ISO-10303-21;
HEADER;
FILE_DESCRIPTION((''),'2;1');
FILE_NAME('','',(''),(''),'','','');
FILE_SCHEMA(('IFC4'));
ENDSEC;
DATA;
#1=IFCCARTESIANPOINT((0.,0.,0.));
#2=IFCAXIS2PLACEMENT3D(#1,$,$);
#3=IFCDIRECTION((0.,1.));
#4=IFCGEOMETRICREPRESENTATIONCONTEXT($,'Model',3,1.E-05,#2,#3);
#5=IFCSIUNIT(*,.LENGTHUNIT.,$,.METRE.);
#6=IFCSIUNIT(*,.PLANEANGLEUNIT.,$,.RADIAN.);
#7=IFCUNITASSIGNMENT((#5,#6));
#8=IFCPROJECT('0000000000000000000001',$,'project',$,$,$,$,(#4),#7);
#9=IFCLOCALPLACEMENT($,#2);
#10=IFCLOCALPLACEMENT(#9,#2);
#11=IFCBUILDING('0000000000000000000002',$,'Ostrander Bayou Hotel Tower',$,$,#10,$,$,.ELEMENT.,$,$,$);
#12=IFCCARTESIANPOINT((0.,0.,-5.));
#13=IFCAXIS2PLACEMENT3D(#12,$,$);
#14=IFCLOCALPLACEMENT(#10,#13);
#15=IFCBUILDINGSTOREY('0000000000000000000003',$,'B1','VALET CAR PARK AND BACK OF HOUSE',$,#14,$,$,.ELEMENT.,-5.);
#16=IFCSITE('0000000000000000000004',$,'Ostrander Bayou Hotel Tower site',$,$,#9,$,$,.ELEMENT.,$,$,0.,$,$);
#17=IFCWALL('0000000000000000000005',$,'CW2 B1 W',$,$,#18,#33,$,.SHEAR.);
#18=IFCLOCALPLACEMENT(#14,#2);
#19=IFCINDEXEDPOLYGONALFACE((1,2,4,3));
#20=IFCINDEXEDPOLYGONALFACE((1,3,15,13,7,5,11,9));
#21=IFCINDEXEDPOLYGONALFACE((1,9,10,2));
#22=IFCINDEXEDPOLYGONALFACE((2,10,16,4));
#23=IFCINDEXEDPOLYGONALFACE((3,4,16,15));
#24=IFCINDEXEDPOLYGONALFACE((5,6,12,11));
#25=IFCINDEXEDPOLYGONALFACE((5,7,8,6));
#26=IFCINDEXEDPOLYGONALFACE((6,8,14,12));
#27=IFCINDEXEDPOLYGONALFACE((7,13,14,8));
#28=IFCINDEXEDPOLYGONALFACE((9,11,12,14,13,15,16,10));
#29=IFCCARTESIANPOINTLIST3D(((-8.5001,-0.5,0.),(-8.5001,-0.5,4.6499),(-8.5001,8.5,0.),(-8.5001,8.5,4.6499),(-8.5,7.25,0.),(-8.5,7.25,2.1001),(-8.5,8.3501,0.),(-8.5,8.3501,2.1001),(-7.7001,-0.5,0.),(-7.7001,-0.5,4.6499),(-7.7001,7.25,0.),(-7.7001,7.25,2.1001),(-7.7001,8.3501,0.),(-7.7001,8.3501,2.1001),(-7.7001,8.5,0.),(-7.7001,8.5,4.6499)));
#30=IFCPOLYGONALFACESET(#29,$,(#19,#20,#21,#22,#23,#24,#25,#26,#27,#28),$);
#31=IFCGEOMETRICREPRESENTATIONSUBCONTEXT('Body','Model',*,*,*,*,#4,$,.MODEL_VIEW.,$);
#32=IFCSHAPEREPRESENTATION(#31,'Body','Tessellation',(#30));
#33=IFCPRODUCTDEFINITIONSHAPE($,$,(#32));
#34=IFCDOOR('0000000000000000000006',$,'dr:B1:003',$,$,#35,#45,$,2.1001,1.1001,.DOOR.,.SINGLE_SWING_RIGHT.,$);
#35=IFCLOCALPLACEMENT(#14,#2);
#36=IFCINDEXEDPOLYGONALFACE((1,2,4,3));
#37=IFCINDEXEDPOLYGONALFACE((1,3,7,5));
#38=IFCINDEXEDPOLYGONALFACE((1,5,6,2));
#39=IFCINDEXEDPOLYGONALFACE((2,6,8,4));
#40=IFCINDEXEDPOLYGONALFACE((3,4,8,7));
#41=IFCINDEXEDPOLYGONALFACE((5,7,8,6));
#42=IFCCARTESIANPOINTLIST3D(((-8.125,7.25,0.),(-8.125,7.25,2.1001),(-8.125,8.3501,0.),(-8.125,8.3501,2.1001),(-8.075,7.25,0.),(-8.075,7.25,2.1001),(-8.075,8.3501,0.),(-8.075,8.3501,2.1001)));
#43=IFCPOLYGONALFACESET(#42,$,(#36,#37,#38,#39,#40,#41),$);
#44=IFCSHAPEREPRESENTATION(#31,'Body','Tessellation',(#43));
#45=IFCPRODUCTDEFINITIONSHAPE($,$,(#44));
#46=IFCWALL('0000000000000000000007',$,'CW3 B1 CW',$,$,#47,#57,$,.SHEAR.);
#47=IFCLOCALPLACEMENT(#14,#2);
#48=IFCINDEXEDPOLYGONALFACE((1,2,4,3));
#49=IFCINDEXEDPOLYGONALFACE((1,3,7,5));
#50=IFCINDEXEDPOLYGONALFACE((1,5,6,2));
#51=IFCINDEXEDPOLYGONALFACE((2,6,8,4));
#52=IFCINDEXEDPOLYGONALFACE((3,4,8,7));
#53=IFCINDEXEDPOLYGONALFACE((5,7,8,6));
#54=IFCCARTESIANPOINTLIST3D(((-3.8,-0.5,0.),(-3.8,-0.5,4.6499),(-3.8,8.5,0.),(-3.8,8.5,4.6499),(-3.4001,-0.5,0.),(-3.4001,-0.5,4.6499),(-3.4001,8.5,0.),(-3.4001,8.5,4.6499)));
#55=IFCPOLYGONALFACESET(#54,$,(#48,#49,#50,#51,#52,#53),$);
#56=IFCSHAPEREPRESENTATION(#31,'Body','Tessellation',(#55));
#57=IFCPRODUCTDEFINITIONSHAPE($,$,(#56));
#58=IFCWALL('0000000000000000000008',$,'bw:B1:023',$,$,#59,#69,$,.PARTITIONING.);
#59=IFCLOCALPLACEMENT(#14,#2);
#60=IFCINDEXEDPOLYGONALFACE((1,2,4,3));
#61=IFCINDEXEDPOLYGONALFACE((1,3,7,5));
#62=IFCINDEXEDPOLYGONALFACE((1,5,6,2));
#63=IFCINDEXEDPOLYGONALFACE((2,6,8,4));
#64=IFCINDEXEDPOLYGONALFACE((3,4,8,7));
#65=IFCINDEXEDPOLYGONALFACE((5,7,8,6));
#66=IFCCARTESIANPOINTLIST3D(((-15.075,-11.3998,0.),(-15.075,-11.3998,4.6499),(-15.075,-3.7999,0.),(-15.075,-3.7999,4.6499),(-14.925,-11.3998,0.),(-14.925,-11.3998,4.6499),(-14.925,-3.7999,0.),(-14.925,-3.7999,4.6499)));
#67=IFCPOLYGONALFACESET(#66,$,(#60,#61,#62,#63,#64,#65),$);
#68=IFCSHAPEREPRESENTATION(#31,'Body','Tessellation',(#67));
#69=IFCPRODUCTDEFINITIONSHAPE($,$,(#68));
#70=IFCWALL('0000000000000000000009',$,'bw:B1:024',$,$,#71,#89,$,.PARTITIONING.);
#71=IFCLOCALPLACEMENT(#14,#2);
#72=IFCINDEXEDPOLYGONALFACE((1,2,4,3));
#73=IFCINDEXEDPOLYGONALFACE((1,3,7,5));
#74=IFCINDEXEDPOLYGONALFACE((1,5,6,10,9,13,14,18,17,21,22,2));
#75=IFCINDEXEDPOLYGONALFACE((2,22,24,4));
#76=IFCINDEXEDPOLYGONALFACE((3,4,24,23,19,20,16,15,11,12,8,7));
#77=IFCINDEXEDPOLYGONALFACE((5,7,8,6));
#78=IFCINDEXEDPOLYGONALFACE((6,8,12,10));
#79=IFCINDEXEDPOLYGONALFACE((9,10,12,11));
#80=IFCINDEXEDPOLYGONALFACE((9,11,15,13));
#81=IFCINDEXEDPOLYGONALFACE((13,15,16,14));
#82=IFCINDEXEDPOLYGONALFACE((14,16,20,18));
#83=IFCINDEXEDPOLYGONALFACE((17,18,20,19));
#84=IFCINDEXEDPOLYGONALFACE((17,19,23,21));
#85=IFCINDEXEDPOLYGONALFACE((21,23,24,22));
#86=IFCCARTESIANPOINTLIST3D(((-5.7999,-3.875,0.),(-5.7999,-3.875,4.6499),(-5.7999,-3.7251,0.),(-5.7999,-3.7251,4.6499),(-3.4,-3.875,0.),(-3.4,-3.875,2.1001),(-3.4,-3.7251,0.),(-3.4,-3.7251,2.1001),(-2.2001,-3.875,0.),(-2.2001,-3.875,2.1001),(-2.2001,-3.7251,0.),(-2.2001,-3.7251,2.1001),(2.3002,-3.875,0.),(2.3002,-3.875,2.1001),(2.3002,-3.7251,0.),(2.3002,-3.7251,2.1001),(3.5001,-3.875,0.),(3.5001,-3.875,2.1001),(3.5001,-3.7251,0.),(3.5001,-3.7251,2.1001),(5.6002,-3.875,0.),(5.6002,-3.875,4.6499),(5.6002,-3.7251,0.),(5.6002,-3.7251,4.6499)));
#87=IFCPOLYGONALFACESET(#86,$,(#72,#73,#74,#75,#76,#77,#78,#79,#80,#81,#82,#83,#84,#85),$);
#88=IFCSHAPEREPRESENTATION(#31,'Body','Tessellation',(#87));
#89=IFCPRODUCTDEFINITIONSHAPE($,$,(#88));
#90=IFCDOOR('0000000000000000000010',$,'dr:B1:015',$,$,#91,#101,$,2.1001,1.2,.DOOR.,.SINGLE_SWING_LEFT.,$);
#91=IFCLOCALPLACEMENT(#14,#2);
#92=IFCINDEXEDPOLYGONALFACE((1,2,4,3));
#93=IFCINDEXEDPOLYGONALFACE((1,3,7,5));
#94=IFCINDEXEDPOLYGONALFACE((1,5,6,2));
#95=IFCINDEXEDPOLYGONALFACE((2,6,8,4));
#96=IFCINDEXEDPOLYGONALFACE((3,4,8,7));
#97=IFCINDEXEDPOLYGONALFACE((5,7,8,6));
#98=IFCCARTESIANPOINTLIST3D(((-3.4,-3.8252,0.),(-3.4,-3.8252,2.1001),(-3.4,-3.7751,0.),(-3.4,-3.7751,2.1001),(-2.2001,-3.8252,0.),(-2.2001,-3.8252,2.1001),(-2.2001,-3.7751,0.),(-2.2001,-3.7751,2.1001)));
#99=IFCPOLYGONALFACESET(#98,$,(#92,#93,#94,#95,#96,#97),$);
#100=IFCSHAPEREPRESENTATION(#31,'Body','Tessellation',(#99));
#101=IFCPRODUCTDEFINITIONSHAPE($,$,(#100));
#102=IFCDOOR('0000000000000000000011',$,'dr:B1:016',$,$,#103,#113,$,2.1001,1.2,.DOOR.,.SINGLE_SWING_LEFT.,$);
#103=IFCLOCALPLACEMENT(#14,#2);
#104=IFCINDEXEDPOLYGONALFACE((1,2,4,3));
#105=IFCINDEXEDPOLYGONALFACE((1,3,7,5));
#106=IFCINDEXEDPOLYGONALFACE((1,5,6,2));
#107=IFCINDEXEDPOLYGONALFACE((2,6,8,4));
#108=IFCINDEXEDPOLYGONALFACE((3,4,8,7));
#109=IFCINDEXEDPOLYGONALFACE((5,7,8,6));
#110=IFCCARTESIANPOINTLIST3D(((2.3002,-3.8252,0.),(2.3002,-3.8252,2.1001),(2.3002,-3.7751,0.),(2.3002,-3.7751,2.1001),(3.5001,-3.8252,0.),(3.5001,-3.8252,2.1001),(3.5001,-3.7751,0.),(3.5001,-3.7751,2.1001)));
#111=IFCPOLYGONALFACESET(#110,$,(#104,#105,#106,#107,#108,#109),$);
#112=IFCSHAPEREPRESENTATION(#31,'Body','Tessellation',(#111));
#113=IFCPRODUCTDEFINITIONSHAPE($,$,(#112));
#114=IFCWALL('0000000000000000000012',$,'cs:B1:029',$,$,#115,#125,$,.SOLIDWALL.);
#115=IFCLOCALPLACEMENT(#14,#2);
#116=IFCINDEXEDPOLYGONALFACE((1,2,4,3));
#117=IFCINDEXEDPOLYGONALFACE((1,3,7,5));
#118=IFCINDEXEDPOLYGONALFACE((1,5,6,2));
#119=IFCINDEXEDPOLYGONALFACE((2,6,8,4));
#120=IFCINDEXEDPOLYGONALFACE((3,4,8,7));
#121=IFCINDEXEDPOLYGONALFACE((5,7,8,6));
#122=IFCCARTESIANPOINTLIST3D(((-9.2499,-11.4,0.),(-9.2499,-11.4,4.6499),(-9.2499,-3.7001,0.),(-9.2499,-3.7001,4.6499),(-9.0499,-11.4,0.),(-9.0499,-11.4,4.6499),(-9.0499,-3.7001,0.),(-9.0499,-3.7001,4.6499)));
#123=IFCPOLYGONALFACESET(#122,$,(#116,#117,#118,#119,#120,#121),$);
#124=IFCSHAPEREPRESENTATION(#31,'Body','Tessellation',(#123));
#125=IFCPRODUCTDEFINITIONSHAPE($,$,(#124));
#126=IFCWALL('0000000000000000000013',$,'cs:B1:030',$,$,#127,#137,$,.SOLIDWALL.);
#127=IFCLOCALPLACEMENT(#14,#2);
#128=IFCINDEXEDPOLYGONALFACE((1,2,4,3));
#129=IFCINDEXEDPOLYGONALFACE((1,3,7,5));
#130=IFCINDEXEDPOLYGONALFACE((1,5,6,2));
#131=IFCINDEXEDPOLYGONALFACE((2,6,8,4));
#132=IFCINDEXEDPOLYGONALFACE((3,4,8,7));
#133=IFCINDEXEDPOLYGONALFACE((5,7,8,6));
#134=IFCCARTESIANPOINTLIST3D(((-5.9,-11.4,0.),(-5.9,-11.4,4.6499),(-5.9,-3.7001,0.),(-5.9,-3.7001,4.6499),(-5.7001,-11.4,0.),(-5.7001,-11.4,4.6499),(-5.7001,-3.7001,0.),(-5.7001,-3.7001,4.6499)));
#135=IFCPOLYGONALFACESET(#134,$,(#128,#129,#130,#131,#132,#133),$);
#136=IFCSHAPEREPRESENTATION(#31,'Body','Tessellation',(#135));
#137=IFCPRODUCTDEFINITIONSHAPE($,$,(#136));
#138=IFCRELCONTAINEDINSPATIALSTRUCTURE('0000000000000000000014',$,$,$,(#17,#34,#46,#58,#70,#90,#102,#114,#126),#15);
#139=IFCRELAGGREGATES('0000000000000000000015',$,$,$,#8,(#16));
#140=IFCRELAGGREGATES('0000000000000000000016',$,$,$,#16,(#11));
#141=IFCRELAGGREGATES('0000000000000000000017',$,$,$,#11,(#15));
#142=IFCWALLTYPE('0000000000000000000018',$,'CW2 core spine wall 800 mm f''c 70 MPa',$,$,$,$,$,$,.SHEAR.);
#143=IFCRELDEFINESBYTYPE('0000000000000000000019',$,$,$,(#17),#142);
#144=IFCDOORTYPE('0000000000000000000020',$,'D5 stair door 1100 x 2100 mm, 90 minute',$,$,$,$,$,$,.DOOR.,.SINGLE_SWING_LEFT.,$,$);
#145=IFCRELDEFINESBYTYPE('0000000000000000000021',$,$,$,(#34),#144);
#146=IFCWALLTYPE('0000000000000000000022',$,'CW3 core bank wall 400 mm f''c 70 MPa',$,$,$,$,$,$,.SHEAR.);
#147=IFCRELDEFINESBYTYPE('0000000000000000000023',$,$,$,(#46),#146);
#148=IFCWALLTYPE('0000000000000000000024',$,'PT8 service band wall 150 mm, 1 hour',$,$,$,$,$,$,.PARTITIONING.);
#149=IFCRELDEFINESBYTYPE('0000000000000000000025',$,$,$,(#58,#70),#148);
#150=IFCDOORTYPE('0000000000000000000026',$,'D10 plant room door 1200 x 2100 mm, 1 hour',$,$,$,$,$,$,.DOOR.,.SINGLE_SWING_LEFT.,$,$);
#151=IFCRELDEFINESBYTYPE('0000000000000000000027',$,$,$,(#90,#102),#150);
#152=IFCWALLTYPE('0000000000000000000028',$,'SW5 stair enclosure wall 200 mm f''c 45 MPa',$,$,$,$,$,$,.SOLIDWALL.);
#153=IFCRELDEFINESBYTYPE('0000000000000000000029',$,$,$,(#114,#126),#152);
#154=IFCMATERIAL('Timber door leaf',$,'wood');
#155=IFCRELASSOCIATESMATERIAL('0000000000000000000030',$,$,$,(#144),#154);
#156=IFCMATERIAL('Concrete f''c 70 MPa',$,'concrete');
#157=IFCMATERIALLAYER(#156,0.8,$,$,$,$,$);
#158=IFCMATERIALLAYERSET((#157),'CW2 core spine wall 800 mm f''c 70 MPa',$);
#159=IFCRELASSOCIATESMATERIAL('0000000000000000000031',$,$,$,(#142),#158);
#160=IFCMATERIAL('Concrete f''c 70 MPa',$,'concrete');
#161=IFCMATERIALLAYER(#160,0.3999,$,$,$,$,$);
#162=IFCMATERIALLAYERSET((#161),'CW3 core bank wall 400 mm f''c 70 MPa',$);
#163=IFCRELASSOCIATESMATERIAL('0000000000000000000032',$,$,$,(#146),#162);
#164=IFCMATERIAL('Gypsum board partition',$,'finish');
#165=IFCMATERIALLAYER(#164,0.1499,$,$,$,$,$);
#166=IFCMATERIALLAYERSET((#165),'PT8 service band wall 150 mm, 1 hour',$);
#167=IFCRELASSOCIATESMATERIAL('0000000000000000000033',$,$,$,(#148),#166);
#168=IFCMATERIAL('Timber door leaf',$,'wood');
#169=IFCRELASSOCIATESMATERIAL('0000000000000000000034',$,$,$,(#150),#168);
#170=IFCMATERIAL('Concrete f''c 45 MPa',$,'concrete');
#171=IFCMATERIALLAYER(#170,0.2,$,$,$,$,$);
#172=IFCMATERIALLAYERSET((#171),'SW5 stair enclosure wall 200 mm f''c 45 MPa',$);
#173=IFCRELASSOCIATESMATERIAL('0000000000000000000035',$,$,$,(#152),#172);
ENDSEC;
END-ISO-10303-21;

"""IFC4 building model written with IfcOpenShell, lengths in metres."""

from ifc_helpers import new_model, si_unit, direction, frame, frame_2d, origin, place, context, subcontext, project, spatial, rectangle, extrude, material, layer, layer_set, type_object, element, fill, save


model = new_model("IFC4")

# Units and contexts
model_context = context("Model", 3, precision=1e-05, world=origin(), true_north=direction((0.0, 1.0)))
body_context = subcontext(model_context, "Body", "Model", "MODEL_VIEW")
ifc_project = project(units=[si_unit("LENGTHUNIT", "METRE"), si_unit("PLANEANGLEUNIT", "RADIAN")], contexts=[model_context])

# Site, building, storey
site_placement = place(None, origin())
site = spatial("IfcSite", under=ifc_project, at=site_placement, Name="Ostrander Bayou Hotel Tower site", CompositionType="ELEMENT", RefElevation=0.0)
building_placement = place(site_placement, origin())
building = spatial("IfcBuilding", under=site, at=building_placement, Name="Ostrander Bayou Hotel Tower", CompositionType="ELEMENT")
storey_placement = place(building_placement, frame((0.0, 0.0, -5.0)))
storey = spatial("IfcBuildingStorey", under=building, at=storey_placement, Name="B1", Description="VALET CAR PARK AND BACK OF HOUSE", CompositionType="ELEMENT", Elevation=-5.0)

# Wall, opening, door
ifc_material_1 = material(Name="Timber door leaf", Category="wood")
door_type_1 = type_object("IfcDoorType", Name="D5 stair door 1100 x 2100 mm, 90 minute", OperationType="SINGLE_SWING_LEFT", PredefinedType="DOOR", material=ifc_material_1)
ifc_material_2 = material(Name="Concrete f'c 70 MPa", Category="concrete")
ifc_layer_1 = layer(ifc_material_2, 0.8)
ifc_layer_set_1 = layer_set([ifc_layer_1], Name="CW2 core spine wall 800 mm f'c 70 MPa")
wall_type_1 = type_object("IfcWallType", Name="CW2 core spine wall 800 mm f'c 70 MPa", PredefinedType="SHEAR", material=ifc_layer_set_1)
wall_1_placement = place(storey_placement, frame((-8.1001, -0.5, 0.0), z_axis=(0.0, 0.0, 1.0), x_axis=(0.0, 1.0, 0.0)))
wall_1 = element("IfcWall", 1, at=wall_1_placement, inside=storey, type_object=wall_type_1, Name="CW2 B1 W", PredefinedType="SHEAR", context=body_context, shape_type="SweptSolid", body=[
    extrude(rectangle(XDim=9.0, YDim=0.8, at=frame_2d((4.5, 0.0))), origin(), (0.0, 0.0, 1.0), 4.6499),
])
opening_1_placement = place(wall_1_placement, frame((7.75, 0.0, 0.0)))
opening_1 = element("IfcOpeningElement", 2, at=opening_1_placement, cuts=wall_1, PredefinedType="OPENING", context=body_context, shape_type="SweptSolid", body=[
    extrude(rectangle(XDim=1.1001, YDim=2.1001, at=frame_2d((0.55, 1.05))), frame((0.0, 0.3999, 0.0), z_axis=(0.0, -1.0, 0.0), x_axis=(1.0, 0.0, 0.0)), (0.0, 0.0, 1.0), 0.8),
])
door_1_placement = place(opening_1_placement, origin())
door_1 = element("IfcDoor", 3, at=door_1_placement, inside=storey, type_object=door_type_1, Name="dr:B1:003", OperationType="SINGLE_SWING_RIGHT", OverallHeight=2.1001, OverallWidth=1.1001, PredefinedType="DOOR", context=body_context, shape_type="SweptSolid", body=[
    extrude(rectangle(XDim=1.1001, YDim=2.1001, at=frame_2d((0.55, 1.05))), frame((0.0, 0.0249, 0.0), z_axis=(0.0, -1.0, 0.0), x_axis=(1.0, 0.0, 0.0)), (0.0, 0.0, 1.0), 0.05),
])
fill(opening_1, door_1)

# Walls
ifc_material_3 = material(Name="Concrete f'c 70 MPa", Category="concrete")
ifc_layer_2 = layer(ifc_material_3, 0.3999)
ifc_layer_set_2 = layer_set([ifc_layer_2], Name="CW3 core bank wall 400 mm f'c 70 MPa")
wall_type_2 = type_object("IfcWallType", Name="CW3 core bank wall 400 mm f'c 70 MPa", PredefinedType="SHEAR", material=ifc_layer_set_2)
wall_2_placement = place(storey_placement, frame((-3.6001, -0.5, 0.0), z_axis=(0.0, 0.0, 1.0), x_axis=(0.0, 1.0, 0.0)))
element("IfcWall", 4, at=wall_2_placement, inside=storey, type_object=wall_type_2, Name="CW3 B1 CW", PredefinedType="SHEAR", context=body_context, shape_type="SweptSolid", body=[
    extrude(rectangle(XDim=9.0, YDim=0.3999, at=frame_2d((4.5, 0.0))), origin(), (0.0, 0.0, 1.0), 4.6499),
])
ifc_material_4 = material(Name="Gypsum board partition", Category="finish")
ifc_layer_3 = layer(ifc_material_4, 0.1499)
ifc_layer_set_3 = layer_set([ifc_layer_3], Name="PT8 service band wall 150 mm, 1 hour")
wall_type_3 = type_object("IfcWallType", Name="PT8 service band wall 150 mm, 1 hour", PredefinedType="PARTITIONING", material=ifc_layer_set_3)
wall_3_placement = place(storey_placement, frame((-15.0, -3.8, 0.0), z_axis=(0.0, 0.0, 1.0), x_axis=(0.0, -1.0, 0.0)))
element("IfcWall", 5, at=wall_3_placement, inside=storey, type_object=wall_type_3, Name="bw:B1:023", PredefinedType="PARTITIONING", context=body_context, shape_type="SweptSolid", body=[
    extrude(rectangle(XDim=7.5999, YDim=0.1499, at=frame_2d((3.7998, 0.0))), origin(), (0.0, 0.0, 1.0), 4.6499),
])

# Wall, openings, doors
wall_4_placement = place(storey_placement, frame((-5.8, -3.8, 0.0), z_axis=(0.0, 0.0, 1.0), x_axis=(1.0, 0.0, 0.0)))
wall_4 = element("IfcWall", 6, at=wall_4_placement, inside=storey, type_object=wall_type_3, Name="bw:B1:024", PredefinedType="PARTITIONING", context=body_context, shape_type="SweptSolid", body=[
    extrude(rectangle(XDim=11.4001, YDim=0.1499, at=frame_2d((5.7002, 0.0))), origin(), (0.0, 0.0, 1.0), 4.6499),
])
opening_2_placement = place(wall_4_placement, frame((2.3999, 0.0, 0.0)))
opening_2 = element("IfcOpeningElement", 7, at=opening_2_placement, cuts=wall_4, PredefinedType="OPENING", context=body_context, shape_type="SweptSolid", body=[
    extrude(rectangle(XDim=1.2, YDim=2.1001, at=frame_2d((0.6001, 1.05))), frame((0.0, 0.075, 0.0), z_axis=(0.0, -1.0, 0.0), x_axis=(1.0, 0.0, 0.0)), (0.0, 0.0, 1.0), 0.1499),
])
opening_3_placement = place(wall_4_placement, frame((8.1001, 0.0, 0.0)))
opening_3 = element("IfcOpeningElement", 8, at=opening_3_placement, cuts=wall_4, PredefinedType="OPENING", context=body_context, shape_type="SweptSolid", body=[
    extrude(rectangle(XDim=1.2, YDim=2.1001, at=frame_2d((0.6001, 1.05))), frame((0.0, 0.075, 0.0), z_axis=(0.0, -1.0, 0.0), x_axis=(1.0, 0.0, 0.0)), (0.0, 0.0, 1.0), 0.1499),
])
ifc_material_5 = material(Name="Timber door leaf", Category="wood")
door_type_2 = type_object("IfcDoorType", Name="D10 plant room door 1200 x 2100 mm, 1 hour", OperationType="SINGLE_SWING_LEFT", PredefinedType="DOOR", material=ifc_material_5)
door_2_placement = place(opening_2_placement, origin())
door_2 = element("IfcDoor", 9, at=door_2_placement, inside=storey, type_object=door_type_2, Name="dr:B1:015", OperationType="SINGLE_SWING_LEFT", OverallHeight=2.1001, OverallWidth=1.2, PredefinedType="DOOR", context=body_context, shape_type="SweptSolid", body=[
    extrude(rectangle(XDim=1.2, YDim=2.1001, at=frame_2d((0.6001, 1.05))), frame((0.0, 0.0249, 0.0), z_axis=(0.0, -1.0, 0.0), x_axis=(1.0, 0.0, 0.0)), (0.0, 0.0, 1.0), 0.05),
])
fill(opening_2, door_2)
door_3_placement = place(opening_3_placement, origin())
door_3 = element("IfcDoor", 10, at=door_3_placement, inside=storey, type_object=door_type_2, Name="dr:B1:016", OperationType="SINGLE_SWING_LEFT", OverallHeight=2.1001, OverallWidth=1.2, PredefinedType="DOOR", context=body_context, shape_type="SweptSolid", body=[
    extrude(rectangle(XDim=1.2, YDim=2.1001, at=frame_2d((0.6001, 1.05))), frame((0.0, 0.0249, 0.0), z_axis=(0.0, -1.0, 0.0), x_axis=(1.0, 0.0, 0.0)), (0.0, 0.0, 1.0), 0.05),
])
fill(opening_3, door_3)

# Shared definitions
ifc_material_6 = material(Name="Concrete f'c 45 MPa", Category="concrete")
ifc_layer_4 = layer(ifc_material_6, 0.2)
ifc_layer_set_4 = layer_set([ifc_layer_4], Name="SW5 stair enclosure wall 200 mm f'c 45 MPa")
wall_type_4 = type_object("IfcWallType", Name="SW5 stair enclosure wall 200 mm f'c 45 MPa", PredefinedType="SOLIDWALL", material=ifc_layer_set_4)

# Walls
for number, where, z_axis, x_axis, name in (
    (11, (-9.1499, -3.7, 0.0), (0.0, 0.0, 1.0), (0.0, -1.0, 0.0), "cs:B1:029"),
    (12, (-5.8, -3.7, 0.0), (0.0, 0.0, 1.0), (0.0, -1.0, 0.0), "cs:B1:030"),
):
    element("IfcWall", number, at=place(storey_placement, frame(where, z_axis=z_axis, x_axis=x_axis)), inside=storey, type_object=wall_type_4, Name=name, PredefinedType="SOLIDWALL", context=body_context, shape_type="SweptSolid", body=[
        extrude(rectangle(XDim=7.7, YDim=0.2, at=frame_2d((3.8501, 0.0))), origin(), (0.0, 0.0, 1.0), 4.6499),
    ])

save(model, "model.ifc")
